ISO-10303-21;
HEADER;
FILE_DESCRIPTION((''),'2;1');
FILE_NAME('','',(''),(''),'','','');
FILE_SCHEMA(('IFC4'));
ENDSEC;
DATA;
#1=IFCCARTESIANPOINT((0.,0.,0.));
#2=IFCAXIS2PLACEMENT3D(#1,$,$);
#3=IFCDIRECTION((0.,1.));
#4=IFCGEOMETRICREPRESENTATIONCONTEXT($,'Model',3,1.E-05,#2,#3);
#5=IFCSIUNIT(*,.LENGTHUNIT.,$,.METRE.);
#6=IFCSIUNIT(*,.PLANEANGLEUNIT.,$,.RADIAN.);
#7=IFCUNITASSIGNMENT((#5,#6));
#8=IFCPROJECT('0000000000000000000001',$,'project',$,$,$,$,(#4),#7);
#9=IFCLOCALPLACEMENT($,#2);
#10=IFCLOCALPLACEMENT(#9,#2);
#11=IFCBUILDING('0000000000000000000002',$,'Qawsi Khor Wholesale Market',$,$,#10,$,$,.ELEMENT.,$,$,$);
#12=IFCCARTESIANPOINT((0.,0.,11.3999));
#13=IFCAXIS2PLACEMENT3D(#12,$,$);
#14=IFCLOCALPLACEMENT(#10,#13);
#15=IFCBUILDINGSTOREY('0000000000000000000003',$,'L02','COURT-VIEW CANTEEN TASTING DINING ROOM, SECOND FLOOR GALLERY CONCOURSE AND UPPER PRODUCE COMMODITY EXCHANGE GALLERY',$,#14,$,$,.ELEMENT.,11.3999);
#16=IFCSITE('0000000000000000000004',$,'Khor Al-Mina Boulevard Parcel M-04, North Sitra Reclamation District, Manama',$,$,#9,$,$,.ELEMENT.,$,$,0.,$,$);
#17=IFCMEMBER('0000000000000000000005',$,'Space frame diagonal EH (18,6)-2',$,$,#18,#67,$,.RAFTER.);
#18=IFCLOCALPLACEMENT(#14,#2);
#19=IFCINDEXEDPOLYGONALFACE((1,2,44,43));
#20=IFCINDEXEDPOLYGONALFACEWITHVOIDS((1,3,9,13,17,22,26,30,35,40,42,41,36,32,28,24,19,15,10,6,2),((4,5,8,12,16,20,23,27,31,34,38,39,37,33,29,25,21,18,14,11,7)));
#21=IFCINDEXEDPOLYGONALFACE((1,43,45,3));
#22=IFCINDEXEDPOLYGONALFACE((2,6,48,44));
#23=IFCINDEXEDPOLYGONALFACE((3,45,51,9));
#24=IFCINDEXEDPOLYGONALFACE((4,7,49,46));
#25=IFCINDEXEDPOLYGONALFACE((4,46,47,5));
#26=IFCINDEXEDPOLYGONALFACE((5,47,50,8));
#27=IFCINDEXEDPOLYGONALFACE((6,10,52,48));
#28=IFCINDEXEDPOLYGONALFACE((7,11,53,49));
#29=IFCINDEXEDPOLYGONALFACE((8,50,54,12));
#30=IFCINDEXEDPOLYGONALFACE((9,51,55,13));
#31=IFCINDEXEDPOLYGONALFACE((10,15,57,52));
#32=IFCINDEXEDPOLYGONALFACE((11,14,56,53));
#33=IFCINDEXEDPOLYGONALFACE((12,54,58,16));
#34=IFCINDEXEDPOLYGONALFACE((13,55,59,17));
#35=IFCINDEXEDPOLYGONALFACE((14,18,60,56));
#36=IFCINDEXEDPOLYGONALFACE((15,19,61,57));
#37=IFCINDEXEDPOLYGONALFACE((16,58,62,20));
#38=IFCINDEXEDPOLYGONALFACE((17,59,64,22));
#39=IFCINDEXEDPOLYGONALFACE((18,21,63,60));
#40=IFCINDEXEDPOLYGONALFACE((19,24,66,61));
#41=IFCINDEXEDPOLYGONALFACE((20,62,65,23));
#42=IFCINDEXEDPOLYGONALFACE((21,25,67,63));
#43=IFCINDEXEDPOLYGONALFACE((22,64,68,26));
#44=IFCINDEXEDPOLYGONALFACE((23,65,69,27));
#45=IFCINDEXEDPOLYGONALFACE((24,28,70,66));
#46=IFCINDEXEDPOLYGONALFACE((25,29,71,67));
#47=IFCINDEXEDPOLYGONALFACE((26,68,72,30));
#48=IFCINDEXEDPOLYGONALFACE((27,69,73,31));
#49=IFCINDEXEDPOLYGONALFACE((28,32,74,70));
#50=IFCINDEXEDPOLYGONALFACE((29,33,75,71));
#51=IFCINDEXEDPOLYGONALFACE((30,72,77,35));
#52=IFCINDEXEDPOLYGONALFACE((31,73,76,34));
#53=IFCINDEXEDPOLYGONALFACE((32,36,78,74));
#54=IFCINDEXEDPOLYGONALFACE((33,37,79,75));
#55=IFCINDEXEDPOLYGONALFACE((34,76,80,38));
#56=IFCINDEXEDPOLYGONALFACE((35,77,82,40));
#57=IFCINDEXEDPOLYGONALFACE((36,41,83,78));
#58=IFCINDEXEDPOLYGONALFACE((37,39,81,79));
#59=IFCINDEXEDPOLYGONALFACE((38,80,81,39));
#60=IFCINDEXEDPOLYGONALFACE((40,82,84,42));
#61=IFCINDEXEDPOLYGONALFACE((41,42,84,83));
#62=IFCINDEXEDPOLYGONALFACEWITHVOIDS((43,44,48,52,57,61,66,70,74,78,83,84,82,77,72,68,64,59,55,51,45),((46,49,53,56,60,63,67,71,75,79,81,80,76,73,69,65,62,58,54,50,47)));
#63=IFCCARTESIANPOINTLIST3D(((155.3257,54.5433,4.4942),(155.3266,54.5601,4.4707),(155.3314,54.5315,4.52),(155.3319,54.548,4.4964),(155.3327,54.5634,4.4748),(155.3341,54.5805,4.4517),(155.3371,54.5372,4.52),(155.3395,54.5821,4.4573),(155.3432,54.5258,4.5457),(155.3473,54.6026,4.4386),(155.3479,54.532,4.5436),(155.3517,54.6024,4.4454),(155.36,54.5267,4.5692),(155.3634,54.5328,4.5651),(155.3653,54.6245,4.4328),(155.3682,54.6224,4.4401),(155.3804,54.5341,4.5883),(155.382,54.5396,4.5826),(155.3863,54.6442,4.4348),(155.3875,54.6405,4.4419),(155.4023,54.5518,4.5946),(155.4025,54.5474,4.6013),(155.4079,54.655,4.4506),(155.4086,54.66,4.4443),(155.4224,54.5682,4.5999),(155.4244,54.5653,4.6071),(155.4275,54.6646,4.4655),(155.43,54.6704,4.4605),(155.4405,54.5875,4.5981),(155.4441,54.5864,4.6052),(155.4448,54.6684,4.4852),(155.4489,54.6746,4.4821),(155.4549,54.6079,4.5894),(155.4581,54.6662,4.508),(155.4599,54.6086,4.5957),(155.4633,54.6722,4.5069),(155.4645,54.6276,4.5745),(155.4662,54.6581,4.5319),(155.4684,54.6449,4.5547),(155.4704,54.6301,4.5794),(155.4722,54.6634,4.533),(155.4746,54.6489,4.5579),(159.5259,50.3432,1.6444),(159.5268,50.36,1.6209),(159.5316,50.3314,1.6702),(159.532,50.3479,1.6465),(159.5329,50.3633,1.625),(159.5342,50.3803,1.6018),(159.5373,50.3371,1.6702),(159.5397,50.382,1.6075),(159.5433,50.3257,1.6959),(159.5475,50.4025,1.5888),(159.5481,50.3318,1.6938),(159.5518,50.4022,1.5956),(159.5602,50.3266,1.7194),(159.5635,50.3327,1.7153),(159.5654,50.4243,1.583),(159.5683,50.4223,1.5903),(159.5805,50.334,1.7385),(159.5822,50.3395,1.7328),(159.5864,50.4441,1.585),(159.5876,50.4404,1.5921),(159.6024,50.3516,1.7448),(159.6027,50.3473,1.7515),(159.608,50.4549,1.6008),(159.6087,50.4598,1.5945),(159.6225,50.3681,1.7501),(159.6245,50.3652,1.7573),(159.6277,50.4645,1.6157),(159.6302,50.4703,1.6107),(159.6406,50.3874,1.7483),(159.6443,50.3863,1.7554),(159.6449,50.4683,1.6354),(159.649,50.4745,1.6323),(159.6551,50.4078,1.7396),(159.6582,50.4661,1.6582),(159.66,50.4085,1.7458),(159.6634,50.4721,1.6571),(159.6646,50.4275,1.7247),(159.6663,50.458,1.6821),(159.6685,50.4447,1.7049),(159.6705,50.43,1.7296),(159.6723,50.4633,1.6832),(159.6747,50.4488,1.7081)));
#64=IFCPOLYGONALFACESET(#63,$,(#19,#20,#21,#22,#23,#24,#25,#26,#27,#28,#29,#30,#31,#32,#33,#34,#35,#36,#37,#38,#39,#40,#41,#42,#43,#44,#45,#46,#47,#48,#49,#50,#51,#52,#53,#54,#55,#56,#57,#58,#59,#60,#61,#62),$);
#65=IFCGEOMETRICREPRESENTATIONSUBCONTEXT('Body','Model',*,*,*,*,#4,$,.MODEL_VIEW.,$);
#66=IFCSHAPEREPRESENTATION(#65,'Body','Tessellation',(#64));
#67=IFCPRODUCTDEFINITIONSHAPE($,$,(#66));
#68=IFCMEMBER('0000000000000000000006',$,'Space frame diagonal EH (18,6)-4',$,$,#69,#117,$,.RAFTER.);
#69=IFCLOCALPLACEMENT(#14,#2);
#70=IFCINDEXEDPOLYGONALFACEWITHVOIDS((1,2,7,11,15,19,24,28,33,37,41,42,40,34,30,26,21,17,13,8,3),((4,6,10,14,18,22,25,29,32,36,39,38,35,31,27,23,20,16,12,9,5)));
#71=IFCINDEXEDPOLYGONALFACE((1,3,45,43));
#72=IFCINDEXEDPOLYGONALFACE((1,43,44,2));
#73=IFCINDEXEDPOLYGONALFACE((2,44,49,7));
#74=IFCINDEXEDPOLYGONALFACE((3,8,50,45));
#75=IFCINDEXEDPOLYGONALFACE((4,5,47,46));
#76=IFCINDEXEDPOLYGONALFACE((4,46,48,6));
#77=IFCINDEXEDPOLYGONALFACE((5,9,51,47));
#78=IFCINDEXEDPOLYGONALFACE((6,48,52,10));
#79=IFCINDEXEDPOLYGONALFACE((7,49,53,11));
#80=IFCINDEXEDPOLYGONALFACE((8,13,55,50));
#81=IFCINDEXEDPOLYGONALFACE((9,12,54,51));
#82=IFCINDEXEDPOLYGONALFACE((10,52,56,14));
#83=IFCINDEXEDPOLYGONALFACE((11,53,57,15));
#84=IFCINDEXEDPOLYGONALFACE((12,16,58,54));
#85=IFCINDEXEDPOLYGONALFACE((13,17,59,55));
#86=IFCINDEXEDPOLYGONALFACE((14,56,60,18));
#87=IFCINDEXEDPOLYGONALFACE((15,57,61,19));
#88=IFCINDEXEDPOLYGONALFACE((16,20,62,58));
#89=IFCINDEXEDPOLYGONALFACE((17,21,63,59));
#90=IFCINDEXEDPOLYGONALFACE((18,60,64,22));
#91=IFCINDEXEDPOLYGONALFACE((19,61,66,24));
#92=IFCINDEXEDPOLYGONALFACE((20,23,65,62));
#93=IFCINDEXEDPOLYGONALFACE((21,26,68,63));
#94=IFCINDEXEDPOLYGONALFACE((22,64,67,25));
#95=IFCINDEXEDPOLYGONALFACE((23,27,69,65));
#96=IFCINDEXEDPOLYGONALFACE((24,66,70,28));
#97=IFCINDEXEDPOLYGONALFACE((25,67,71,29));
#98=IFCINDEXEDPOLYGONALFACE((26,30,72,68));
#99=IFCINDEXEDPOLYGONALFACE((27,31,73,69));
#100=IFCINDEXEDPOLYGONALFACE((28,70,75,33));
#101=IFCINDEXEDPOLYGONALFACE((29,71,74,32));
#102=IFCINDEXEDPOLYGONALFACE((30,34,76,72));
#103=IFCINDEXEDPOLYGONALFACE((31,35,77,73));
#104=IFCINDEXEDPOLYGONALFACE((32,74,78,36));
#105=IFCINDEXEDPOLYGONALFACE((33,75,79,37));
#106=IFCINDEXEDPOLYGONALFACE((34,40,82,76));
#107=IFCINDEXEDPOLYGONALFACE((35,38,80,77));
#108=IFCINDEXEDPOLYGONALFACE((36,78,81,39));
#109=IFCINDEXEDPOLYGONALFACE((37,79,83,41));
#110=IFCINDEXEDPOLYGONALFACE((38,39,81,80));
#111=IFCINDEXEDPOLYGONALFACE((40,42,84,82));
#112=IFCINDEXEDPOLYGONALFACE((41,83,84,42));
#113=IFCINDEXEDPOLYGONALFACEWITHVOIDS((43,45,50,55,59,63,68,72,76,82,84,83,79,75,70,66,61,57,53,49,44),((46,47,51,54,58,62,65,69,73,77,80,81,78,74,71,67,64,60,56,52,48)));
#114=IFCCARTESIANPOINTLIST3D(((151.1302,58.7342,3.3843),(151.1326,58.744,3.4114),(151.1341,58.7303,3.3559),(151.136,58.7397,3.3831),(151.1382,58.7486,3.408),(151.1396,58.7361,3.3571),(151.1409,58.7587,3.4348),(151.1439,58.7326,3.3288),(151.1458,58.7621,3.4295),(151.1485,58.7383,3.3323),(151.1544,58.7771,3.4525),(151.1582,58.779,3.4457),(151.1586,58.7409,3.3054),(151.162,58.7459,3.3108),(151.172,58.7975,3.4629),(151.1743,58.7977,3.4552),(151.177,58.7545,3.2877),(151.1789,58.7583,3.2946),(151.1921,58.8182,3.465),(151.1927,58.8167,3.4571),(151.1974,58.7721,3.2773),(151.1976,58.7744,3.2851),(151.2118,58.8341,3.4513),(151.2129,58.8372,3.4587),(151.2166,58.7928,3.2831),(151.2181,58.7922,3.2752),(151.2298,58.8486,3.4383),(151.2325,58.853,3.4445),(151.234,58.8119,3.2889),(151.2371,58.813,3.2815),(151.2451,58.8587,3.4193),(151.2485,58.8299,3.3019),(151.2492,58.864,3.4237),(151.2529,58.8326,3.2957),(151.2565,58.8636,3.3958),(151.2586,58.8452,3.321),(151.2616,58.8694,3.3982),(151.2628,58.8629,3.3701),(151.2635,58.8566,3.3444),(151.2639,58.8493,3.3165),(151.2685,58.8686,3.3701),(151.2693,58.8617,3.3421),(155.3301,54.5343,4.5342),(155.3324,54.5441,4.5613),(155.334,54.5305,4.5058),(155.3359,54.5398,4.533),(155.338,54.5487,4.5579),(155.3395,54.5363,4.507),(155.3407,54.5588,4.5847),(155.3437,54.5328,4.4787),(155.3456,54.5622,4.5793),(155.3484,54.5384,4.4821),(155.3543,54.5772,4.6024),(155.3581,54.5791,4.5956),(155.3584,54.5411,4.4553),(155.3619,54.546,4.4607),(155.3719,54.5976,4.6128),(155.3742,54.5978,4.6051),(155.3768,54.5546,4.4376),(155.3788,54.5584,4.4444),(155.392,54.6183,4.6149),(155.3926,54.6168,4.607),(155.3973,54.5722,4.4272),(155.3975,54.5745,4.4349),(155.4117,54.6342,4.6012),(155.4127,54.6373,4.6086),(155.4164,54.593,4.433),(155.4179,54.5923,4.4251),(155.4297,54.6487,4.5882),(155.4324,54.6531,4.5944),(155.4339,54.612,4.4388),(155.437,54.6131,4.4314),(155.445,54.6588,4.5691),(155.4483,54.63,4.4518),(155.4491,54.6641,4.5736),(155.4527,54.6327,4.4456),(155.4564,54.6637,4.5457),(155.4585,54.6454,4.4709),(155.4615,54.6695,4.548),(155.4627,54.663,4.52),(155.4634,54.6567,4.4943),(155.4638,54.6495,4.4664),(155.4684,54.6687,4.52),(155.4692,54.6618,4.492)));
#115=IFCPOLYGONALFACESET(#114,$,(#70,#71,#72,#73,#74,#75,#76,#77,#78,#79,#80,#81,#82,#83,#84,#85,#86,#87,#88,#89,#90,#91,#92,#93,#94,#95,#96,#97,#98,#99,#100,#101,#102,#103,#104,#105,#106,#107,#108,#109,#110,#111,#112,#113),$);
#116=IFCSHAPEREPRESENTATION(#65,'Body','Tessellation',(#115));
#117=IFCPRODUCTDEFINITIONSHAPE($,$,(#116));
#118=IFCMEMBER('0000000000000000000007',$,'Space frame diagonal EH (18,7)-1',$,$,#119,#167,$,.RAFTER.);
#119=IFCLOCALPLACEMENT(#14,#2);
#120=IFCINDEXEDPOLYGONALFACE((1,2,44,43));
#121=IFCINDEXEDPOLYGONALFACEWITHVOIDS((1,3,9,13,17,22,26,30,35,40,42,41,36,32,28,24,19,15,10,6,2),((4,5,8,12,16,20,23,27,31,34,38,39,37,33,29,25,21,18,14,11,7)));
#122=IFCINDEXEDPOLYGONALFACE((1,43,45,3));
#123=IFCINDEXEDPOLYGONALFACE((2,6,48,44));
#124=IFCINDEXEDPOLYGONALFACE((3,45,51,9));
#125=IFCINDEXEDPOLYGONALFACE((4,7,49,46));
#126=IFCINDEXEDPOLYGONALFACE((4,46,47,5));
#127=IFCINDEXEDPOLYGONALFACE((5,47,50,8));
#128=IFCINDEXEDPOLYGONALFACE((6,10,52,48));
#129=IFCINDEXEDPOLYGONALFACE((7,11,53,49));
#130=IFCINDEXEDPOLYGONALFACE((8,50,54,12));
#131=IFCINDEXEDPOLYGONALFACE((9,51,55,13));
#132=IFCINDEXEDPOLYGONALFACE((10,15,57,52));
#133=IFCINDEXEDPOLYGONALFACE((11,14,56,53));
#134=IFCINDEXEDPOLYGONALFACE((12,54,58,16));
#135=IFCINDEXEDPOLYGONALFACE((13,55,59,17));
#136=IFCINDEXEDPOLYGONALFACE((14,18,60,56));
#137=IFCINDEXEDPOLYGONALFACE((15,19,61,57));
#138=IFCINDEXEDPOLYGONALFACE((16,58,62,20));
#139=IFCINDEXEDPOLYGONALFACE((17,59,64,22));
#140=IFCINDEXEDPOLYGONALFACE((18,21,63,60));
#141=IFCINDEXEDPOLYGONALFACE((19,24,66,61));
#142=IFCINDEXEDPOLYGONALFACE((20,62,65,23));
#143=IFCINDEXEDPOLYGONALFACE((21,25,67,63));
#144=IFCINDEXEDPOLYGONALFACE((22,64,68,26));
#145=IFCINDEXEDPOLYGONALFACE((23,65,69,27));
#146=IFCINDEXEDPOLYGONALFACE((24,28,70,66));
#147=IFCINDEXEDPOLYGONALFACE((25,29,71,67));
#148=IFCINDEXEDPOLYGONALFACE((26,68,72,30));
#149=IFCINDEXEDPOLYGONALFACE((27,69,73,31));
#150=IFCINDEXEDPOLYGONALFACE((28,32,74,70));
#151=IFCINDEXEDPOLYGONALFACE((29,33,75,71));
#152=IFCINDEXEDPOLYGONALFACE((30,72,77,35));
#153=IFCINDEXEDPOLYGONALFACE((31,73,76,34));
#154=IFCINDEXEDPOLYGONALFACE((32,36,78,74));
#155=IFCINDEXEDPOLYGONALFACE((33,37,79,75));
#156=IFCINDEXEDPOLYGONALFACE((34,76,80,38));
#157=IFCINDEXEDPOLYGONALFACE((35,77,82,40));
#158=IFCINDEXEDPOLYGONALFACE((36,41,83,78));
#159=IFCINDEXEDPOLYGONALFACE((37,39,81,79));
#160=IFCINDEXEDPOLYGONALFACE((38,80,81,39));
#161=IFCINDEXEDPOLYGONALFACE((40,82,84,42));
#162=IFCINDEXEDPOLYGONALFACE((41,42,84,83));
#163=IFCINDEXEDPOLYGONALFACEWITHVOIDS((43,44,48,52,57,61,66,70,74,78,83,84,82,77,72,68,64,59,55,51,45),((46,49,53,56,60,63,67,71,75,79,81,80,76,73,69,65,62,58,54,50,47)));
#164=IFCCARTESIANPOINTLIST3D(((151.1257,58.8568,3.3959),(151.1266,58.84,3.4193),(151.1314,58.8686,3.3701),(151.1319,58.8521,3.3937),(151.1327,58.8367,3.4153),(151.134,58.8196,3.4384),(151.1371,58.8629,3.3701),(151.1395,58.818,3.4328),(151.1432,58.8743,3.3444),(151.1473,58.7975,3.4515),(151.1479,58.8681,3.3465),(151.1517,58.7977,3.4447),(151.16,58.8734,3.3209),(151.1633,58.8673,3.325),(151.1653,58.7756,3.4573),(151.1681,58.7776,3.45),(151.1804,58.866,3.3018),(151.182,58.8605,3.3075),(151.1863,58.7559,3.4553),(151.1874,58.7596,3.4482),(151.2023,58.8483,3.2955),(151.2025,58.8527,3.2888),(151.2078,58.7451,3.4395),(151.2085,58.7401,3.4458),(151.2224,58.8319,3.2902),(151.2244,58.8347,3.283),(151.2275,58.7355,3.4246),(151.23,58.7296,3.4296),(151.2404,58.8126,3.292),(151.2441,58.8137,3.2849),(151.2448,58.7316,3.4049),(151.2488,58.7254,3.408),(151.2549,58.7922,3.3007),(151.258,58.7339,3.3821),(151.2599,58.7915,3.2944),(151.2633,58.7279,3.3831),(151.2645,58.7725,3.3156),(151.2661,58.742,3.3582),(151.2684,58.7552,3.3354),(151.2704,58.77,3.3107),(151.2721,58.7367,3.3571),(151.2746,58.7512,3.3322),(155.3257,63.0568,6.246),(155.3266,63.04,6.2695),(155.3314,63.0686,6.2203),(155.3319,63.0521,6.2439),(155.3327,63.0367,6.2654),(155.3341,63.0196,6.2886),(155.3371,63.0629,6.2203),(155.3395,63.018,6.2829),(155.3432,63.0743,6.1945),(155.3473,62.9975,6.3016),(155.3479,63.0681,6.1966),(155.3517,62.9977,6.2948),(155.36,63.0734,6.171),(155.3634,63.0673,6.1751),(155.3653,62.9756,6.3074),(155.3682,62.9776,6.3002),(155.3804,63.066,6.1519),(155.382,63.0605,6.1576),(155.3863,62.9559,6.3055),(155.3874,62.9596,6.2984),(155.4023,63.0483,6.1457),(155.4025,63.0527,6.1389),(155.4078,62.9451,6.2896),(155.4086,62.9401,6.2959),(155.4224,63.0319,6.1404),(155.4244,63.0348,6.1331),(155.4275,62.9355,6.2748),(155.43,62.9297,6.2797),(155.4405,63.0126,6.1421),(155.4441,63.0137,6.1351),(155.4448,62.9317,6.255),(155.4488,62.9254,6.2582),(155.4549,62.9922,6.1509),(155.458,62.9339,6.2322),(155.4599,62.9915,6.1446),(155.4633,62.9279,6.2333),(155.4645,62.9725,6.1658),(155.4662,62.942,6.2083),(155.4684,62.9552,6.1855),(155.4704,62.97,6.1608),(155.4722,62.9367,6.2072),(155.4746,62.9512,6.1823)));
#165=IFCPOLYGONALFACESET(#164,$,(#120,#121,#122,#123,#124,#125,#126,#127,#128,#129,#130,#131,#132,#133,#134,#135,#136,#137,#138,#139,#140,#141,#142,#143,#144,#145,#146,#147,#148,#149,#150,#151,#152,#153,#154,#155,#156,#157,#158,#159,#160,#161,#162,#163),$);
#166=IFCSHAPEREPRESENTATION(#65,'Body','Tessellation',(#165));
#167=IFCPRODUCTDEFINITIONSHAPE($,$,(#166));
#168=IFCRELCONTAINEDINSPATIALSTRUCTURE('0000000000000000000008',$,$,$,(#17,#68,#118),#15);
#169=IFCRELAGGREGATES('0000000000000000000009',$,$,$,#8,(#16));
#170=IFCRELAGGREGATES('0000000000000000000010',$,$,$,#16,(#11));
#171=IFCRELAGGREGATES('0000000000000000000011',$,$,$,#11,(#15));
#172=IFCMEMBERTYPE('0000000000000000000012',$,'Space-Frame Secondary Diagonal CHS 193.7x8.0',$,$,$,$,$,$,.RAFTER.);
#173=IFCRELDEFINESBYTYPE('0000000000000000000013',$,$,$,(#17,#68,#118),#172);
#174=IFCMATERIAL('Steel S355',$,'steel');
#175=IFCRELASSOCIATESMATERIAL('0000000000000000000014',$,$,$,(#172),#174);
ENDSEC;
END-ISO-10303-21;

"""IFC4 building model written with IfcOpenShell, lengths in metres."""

from ifc_helpers import new_model, si_unit, direction, frame, origin, origin_2d, place, context, subcontext, project, spatial, hollow_circle, extrude, material, material_profile, profile_set, type_object, element, save


model = new_model("IFC4")

# Units and contexts
model_context = context("Model", 3, precision=1e-05, world=origin(), true_north=direction((0.0, 1.0)))
body_context = subcontext(model_context, "Body", "Model", "MODEL_VIEW")
ifc_project = project(units=[si_unit("LENGTHUNIT", "METRE"), si_unit("PLANEANGLEUNIT", "RADIAN")], contexts=[model_context])

# Site, building, storey
site_placement = place(None, origin())
site = spatial("IfcSite", under=ifc_project, at=site_placement, Name="Khor Al-Mina Boulevard Parcel M-04, North Sitra Reclamation District, Manama", CompositionType="ELEMENT", RefElevation=0.0)
building_placement = place(site_placement, origin())
building = spatial("IfcBuilding", under=site, at=building_placement, Name="Qawsi Khor Wholesale Market", CompositionType="ELEMENT")
storey_placement = place(building_placement, frame((0.0, 0.0, 11.3999)))
storey = spatial("IfcBuildingStorey", under=building, at=storey_placement, Name="L02", Description="COURT-VIEW CANTEEN TASTING DINING ROOM, SECOND FLOOR GALLERY CONCOURSE AND UPPER PRODUCE COMMODITY EXCHANGE GALLERY", CompositionType="ELEMENT", Elevation=11.3999)

# Members
ifc_material_1 = material(Name="Steel S355", Category="steel")
ifc_material_profile_1 = material_profile(ifc_material_1, hollow_circle(Radius=0.0969, WallThickness=0.0081, at=origin_2d()), Name="CHS 193.7x8.0")
ifc_profile_set_1 = profile_set([ifc_material_profile_1], Name="Steel S355")
member_type_1 = type_object("IfcMemberType", Name="Space-Frame Secondary Diagonal CHS 193.7x8.0", PredefinedType="RAFTER", material=ifc_profile_set_1)
for number, where, z_axis, x_axis, name in (
    (1, (159.6001, 50.3999, 1.6702), (-0.637529, 0.637529, 0.432567), (-0.707107, -0.707107, 0.0), "Space frame diagonal EH (18,6)-2"),
):
    element("IfcMember", number, at=place(storey_placement, frame(where, z_axis=z_axis, x_axis=x_axis)), inside=storey, type_object=member_type_1, Name=name, PredefinedType="RAFTER", context=body_context, shape_type="SweptSolid", body=[
        extrude(hollow_circle(Radius=0.0969, WallThickness=0.0081, at=origin_2d()), origin(), (0.0, 0.0, 1.0), 6.5881),
    ])
member_1_placement = place(storey_placement, frame((151.2, 58.8, 3.3701), z_axis=(0.694217, -0.694217, 0.190069), x_axis=(0.707107, 0.707107, 0.0)))
element("IfcMember", 2, at=member_1_placement, inside=storey, type_object=member_type_1, Name="Space frame diagonal EH (18,6)-4", PredefinedType="RAFTER", context=body_context, shape_type="SweptSolid", body=[
    extrude(hollow_circle(Radius=0.0969, WallThickness=0.0081, at=origin_2d()), origin(), (0.0, 0.0, 1.0), 6.0498),
])
member_2_placement = place(storey_placement, frame((151.2, 58.8, 3.3701), z_axis=(0.637512, 0.637512, 0.432617), x_axis=(-0.707107, 0.707107, 0.0)))
element("IfcMember", 3, at=member_2_placement, inside=storey, type_object=member_type_1, Name="Space frame diagonal EH (18,7)-1", PredefinedType="RAFTER", context=body_context, shape_type="SweptSolid", body=[
    extrude(hollow_circle(Radius=0.0969, WallThickness=0.0081, at=origin_2d()), origin(), (0.0, 0.0, 1.0), 6.5881),
])

save(model, "model.ifc")
